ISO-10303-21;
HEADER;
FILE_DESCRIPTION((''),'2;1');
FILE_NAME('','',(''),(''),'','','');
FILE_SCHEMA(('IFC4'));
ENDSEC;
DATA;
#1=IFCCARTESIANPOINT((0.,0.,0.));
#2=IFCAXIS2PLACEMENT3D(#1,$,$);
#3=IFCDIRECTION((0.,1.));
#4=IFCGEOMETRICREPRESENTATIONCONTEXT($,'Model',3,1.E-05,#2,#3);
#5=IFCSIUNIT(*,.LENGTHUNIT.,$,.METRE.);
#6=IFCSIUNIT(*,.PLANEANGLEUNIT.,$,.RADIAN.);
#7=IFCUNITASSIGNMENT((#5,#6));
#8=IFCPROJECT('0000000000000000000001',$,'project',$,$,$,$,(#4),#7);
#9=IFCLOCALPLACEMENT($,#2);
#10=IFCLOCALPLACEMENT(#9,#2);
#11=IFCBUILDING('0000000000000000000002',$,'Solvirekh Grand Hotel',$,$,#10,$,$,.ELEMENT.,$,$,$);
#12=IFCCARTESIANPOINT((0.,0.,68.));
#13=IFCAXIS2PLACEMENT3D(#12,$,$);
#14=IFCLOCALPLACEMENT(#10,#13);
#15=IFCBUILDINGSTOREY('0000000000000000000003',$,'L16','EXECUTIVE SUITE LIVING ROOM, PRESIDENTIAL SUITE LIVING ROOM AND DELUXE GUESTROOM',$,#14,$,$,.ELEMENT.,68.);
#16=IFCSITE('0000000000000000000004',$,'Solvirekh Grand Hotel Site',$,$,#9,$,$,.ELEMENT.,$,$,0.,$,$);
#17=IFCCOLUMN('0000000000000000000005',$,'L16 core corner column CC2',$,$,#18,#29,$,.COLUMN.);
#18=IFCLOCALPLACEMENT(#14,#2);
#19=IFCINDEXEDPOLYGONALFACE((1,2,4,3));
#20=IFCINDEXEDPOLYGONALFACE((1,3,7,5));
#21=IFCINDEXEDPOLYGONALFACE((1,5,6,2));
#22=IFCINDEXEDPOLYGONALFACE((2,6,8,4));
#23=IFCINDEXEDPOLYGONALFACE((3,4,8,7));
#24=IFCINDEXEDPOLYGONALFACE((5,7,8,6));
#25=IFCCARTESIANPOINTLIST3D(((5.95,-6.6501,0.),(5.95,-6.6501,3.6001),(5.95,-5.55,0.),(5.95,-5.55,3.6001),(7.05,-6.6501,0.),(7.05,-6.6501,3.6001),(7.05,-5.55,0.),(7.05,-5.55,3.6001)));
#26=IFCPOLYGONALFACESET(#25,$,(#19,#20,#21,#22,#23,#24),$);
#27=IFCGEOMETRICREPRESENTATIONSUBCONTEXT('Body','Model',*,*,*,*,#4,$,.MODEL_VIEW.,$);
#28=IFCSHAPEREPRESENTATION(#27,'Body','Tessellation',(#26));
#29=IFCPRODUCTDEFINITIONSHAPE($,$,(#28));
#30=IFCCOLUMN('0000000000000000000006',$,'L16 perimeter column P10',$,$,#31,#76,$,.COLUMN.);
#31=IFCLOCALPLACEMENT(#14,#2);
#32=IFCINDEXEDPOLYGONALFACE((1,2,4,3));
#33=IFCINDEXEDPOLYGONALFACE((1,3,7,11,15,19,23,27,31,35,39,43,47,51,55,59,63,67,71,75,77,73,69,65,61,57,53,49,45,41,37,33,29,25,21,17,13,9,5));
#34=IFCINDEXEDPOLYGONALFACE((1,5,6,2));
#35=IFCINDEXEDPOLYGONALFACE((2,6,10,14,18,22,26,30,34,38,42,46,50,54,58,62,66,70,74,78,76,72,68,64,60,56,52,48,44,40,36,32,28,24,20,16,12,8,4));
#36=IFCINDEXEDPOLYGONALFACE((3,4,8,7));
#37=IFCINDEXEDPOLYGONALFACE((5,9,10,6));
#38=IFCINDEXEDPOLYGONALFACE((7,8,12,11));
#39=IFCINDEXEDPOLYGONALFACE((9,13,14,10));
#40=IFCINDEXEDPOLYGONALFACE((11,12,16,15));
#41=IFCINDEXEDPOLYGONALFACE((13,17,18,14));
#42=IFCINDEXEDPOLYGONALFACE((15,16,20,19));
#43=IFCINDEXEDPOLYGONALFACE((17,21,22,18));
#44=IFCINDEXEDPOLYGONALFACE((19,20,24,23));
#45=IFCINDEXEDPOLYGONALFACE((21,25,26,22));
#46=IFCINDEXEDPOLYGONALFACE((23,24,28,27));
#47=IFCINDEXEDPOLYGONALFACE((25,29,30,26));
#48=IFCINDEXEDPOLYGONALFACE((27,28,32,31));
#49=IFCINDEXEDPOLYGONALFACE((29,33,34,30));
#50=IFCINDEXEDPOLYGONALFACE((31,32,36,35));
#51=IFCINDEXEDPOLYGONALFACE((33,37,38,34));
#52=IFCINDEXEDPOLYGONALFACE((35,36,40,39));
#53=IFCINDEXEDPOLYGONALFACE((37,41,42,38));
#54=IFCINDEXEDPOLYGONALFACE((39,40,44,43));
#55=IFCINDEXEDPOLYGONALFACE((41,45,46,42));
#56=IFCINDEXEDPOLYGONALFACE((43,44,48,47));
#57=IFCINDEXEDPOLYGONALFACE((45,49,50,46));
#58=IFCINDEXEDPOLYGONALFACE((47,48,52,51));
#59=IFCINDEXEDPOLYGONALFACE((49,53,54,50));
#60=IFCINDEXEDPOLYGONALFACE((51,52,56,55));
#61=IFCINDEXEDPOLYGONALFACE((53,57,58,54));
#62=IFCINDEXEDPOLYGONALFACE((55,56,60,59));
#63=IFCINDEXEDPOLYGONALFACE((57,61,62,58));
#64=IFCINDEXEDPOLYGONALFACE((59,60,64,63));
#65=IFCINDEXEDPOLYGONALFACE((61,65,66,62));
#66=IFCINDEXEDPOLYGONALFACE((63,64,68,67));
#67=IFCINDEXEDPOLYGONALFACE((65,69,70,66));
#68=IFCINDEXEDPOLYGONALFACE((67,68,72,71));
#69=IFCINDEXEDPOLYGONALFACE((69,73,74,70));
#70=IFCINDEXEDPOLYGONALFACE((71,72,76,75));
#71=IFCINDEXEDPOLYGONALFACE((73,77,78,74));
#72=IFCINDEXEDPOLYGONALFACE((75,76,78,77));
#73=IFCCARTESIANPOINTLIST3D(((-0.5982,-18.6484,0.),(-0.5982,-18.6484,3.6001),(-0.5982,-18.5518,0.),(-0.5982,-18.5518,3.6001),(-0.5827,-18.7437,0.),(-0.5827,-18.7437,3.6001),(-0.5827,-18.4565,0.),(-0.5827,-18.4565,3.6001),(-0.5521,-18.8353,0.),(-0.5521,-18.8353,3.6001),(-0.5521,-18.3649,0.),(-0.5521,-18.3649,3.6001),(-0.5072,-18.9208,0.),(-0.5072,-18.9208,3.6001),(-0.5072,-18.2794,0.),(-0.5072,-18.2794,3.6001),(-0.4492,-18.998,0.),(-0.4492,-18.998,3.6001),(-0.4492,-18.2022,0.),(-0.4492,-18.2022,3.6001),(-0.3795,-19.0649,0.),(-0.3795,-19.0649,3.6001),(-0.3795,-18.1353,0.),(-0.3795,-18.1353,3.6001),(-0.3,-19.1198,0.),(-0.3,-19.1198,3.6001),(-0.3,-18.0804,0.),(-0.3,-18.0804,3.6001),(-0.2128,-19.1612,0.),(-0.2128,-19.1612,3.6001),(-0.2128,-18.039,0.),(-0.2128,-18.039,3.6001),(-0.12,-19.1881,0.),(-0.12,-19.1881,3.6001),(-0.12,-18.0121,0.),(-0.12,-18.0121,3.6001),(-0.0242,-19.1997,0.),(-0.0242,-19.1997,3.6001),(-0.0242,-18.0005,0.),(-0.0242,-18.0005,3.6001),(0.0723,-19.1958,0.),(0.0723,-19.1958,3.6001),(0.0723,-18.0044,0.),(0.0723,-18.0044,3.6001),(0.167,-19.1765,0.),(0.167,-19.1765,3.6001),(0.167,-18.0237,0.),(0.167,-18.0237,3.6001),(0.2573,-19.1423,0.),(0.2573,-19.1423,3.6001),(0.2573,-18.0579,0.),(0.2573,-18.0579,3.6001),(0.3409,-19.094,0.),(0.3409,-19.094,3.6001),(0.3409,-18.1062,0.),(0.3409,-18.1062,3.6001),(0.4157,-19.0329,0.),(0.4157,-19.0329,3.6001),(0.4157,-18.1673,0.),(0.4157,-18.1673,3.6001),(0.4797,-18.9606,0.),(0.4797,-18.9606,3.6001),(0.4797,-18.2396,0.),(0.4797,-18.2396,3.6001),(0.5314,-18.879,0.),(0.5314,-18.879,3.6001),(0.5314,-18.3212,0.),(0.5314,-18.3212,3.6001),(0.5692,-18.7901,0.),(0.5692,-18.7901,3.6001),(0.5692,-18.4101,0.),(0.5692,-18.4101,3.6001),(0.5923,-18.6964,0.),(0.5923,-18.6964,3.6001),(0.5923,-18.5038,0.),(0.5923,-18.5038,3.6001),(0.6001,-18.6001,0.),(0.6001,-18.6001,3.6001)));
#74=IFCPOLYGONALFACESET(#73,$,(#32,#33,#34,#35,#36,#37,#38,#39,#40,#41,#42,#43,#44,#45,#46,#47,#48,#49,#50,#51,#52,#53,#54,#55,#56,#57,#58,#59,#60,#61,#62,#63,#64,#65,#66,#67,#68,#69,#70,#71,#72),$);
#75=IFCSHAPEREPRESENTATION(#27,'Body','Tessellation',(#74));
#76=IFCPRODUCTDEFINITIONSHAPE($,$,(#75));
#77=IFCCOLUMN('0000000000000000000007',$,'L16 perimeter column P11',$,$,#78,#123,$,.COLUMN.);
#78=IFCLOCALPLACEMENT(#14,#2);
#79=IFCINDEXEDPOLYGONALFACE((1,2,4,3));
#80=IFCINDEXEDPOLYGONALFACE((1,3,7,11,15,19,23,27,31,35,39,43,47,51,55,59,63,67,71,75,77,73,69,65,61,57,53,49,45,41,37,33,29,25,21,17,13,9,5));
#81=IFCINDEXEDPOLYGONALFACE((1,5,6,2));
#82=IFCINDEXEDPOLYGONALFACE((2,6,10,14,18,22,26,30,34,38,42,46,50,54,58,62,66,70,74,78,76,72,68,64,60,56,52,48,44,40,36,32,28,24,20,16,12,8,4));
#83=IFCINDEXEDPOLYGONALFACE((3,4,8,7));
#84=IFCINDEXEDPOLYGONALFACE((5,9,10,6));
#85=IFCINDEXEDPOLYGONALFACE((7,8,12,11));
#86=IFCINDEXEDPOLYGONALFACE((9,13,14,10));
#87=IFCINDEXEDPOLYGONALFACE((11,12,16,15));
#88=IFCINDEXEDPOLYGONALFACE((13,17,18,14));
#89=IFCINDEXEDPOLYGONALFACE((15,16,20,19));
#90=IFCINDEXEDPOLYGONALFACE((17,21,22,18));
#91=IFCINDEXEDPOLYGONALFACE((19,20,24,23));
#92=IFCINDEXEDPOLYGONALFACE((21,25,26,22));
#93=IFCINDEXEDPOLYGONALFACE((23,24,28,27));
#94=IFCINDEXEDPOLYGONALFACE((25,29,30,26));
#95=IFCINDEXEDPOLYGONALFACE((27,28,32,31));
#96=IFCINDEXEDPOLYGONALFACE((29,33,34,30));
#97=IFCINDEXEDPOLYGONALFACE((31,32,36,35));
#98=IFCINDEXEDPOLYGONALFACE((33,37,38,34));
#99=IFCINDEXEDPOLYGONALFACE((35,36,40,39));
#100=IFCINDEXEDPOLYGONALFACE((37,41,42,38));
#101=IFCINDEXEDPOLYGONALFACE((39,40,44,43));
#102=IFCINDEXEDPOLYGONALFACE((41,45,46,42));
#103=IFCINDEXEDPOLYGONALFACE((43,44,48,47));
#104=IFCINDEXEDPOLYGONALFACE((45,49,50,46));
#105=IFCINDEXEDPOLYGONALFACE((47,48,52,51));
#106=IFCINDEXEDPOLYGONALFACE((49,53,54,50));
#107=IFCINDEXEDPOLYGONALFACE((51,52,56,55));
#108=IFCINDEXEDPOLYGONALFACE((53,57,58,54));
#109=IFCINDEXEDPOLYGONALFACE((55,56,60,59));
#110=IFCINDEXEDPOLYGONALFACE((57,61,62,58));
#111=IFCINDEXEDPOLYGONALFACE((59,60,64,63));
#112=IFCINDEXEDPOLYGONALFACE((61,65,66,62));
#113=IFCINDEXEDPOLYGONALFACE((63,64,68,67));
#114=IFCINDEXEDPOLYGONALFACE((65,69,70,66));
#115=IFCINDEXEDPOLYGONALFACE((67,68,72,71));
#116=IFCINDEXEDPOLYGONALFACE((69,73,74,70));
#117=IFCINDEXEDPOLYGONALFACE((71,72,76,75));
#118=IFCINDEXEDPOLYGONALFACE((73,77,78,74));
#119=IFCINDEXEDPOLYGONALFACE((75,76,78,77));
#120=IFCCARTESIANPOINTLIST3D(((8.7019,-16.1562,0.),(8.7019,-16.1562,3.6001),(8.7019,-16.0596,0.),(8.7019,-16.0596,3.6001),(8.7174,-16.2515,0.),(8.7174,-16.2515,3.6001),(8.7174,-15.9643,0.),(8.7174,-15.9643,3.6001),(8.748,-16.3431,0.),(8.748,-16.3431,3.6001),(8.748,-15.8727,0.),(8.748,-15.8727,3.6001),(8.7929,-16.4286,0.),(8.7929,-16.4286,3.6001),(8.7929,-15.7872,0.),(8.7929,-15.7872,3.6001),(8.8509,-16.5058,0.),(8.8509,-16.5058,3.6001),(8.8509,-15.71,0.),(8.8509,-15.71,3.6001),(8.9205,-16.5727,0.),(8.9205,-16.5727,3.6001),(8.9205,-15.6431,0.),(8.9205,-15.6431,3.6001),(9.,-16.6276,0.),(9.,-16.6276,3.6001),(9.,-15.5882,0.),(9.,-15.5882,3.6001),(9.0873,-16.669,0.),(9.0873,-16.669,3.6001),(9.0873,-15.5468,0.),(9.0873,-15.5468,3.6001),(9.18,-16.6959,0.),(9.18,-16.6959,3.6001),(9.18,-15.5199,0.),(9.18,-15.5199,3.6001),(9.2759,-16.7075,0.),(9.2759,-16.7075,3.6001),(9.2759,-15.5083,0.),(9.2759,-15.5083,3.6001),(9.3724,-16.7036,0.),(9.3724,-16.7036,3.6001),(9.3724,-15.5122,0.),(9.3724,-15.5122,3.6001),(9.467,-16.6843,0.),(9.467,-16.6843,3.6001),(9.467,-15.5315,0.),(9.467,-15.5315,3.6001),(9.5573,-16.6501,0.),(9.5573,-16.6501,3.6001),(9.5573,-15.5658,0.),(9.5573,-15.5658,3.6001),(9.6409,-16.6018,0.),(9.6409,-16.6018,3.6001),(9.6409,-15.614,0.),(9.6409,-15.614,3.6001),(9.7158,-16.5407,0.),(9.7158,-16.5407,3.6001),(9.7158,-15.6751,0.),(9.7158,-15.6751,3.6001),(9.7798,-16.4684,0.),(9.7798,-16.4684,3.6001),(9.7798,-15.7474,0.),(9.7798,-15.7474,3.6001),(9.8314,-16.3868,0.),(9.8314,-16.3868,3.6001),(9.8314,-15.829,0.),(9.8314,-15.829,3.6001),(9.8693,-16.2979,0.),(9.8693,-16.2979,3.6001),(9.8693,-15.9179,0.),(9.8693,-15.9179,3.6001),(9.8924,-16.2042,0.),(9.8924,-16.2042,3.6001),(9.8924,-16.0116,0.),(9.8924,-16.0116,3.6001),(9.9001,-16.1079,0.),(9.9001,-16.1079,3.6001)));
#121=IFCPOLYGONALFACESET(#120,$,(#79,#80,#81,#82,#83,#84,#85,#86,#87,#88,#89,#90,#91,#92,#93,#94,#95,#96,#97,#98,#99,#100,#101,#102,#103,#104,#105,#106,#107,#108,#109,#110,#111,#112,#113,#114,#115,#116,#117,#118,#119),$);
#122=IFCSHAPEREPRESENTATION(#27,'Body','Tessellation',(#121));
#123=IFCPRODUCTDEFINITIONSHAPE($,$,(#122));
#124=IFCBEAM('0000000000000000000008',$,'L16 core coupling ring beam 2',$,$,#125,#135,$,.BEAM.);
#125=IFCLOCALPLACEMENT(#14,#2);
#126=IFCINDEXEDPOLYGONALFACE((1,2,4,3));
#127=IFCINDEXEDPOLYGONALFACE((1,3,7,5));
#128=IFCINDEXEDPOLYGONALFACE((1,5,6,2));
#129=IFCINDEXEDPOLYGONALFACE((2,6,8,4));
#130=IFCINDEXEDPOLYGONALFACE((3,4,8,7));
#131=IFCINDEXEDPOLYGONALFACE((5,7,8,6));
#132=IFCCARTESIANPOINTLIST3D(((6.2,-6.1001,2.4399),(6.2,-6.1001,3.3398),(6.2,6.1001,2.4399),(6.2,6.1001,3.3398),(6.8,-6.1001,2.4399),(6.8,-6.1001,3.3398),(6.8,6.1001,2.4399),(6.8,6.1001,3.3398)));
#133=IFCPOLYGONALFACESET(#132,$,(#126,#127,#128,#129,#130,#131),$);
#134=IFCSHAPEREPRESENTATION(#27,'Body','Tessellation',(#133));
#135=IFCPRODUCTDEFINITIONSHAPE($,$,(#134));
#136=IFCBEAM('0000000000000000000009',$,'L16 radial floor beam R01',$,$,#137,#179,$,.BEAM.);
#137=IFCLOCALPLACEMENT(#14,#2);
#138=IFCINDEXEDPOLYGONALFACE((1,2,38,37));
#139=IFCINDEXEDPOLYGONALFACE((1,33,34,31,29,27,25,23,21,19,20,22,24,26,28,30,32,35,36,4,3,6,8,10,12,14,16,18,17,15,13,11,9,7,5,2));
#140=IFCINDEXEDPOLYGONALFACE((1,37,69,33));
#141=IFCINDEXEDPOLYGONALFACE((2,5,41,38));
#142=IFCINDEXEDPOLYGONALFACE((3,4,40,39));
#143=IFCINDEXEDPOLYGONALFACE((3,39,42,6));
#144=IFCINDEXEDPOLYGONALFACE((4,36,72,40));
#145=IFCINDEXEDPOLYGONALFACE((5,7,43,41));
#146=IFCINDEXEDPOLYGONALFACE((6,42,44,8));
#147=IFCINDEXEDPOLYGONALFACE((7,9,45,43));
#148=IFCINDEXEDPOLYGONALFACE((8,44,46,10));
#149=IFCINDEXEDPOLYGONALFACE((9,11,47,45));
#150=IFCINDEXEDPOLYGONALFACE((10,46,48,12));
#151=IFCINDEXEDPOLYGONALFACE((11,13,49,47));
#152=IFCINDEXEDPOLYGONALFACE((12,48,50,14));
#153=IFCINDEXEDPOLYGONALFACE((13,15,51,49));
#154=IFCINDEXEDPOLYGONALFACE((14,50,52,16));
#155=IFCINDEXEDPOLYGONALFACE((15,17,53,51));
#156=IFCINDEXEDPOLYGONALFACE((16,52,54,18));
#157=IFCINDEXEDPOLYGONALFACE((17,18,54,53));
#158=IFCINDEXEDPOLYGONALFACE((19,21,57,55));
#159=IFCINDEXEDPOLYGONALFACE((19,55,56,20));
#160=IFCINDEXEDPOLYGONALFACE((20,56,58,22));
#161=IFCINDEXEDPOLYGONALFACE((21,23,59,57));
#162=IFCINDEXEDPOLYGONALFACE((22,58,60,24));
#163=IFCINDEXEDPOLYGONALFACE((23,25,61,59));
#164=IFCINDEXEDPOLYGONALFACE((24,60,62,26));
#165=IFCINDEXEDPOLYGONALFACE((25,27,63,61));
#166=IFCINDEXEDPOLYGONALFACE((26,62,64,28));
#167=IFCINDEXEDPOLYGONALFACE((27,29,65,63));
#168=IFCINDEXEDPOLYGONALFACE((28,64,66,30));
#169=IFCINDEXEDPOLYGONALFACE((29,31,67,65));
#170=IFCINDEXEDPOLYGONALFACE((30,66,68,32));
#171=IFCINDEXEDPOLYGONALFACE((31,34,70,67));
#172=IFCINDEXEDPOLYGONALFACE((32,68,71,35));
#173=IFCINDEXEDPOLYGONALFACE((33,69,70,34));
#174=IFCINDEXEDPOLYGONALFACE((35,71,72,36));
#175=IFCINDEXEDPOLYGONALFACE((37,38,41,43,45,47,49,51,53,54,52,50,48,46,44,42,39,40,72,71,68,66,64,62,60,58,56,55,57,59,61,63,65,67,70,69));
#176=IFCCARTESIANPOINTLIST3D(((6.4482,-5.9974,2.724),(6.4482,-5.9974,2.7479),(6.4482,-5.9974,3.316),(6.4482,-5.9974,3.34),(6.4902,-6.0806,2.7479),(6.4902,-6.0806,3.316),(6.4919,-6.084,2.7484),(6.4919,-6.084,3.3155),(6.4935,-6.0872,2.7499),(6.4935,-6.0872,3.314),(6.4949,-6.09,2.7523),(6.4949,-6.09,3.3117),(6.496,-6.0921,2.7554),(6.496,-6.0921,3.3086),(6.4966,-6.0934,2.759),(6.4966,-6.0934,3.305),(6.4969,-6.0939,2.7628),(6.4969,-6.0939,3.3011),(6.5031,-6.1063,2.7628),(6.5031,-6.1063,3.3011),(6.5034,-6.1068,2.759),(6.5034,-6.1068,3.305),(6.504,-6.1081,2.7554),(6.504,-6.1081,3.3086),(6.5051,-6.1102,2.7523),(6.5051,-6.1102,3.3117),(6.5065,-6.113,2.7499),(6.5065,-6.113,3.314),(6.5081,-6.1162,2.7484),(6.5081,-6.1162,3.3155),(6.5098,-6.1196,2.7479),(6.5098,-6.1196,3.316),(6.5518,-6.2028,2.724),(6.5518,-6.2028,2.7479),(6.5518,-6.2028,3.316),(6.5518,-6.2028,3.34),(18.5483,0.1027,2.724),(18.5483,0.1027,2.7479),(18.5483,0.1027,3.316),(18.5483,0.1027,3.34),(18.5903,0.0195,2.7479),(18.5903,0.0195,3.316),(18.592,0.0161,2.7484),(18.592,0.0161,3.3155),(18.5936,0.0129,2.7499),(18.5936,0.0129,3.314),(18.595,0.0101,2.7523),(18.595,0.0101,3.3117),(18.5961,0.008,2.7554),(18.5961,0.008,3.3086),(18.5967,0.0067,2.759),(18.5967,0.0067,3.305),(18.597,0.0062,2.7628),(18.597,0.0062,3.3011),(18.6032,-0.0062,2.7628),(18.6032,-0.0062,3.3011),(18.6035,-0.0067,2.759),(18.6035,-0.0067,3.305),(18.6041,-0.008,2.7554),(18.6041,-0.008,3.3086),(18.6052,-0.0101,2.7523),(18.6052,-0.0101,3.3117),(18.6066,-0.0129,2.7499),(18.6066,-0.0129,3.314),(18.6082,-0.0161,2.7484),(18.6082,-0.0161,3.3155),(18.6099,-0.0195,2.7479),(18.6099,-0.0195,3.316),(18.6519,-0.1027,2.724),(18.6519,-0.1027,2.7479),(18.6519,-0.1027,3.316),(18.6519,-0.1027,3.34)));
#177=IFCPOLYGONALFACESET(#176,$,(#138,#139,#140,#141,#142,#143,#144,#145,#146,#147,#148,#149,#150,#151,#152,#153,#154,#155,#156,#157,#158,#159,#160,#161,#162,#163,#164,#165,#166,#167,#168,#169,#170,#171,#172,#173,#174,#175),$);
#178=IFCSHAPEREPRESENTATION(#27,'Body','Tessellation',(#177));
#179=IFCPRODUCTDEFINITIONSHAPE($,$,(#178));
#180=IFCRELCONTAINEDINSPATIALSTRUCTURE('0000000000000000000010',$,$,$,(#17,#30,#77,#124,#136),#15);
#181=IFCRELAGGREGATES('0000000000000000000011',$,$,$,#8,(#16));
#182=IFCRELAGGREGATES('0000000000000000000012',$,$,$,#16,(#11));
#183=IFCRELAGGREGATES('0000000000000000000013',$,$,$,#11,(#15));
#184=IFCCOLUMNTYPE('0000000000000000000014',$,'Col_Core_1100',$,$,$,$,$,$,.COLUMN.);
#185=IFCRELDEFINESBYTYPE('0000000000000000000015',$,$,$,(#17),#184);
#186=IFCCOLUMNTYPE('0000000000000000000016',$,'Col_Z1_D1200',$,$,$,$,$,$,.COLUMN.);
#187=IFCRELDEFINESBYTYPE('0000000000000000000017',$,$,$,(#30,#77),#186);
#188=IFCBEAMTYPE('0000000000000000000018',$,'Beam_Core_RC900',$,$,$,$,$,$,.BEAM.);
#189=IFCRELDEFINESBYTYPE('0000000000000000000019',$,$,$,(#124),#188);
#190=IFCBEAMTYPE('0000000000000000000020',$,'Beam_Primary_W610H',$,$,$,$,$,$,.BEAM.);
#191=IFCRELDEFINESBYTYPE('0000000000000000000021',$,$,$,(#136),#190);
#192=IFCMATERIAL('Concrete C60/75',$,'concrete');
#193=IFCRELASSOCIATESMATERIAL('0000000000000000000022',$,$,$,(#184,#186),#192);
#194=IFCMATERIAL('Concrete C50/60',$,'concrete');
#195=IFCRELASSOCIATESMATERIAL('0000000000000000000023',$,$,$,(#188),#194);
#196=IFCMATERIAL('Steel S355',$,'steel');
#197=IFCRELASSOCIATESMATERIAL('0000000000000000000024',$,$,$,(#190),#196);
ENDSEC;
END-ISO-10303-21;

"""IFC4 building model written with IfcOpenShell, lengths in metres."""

from ifc_helpers import new_model, si_unit, direction, frame, origin, origin_2d, place, context, subcontext, project, spatial, rectangle, circle, i_section, extrude, material, material_profile, profile_set, type_object, element, save


model = new_model("IFC4")

# Units and contexts
model_context = context("Model", 3, precision=1e-05, world=origin(), true_north=direction((0.0, 1.0)))
body_context = subcontext(model_context, "Body", "Model", "MODEL_VIEW")
ifc_project = project(units=[si_unit("LENGTHUNIT", "METRE"), si_unit("PLANEANGLEUNIT", "RADIAN")], contexts=[model_context])

# Site, building, storey
site_placement = place(None, origin())
site = spatial("IfcSite", under=ifc_project, at=site_placement, Name="Solvirekh Grand Hotel Site", CompositionType="ELEMENT", RefElevation=0.0)
building_placement = place(site_placement, origin())
building = spatial("IfcBuilding", under=site, at=building_placement, Name="Solvirekh Grand Hotel", CompositionType="ELEMENT")
storey_placement = place(building_placement, frame((0.0, 0.0, 68.0)))
storey = spatial("IfcBuildingStorey", under=building, at=storey_placement, Name="L16", Description="EXECUTIVE SUITE LIVING ROOM, PRESIDENTIAL SUITE LIVING ROOM AND DELUXE GUESTROOM", CompositionType="ELEMENT", Elevation=68.0)

# Columns
ifc_material_1 = material(Name="Concrete C60/75", Category="concrete")
ifc_material_profile_1 = material_profile(ifc_material_1, rectangle(XDim=1.1001, YDim=1.1001, at=origin_2d()), Name="RC 1100X1100")
ifc_profile_set_1 = profile_set([ifc_material_profile_1], Name="Concrete C60/75")
column_type_1 = type_object("IfcColumnType", Name="Col_Core_1100", PredefinedType="COLUMN", material=ifc_profile_set_1)
column_placement = place(storey_placement, frame((6.5, -6.1001, 0.0), z_axis=(0.0, 0.0, 1.0), x_axis=(1.0, 0.0, 0.0)))
element("IfcColumn", 1, at=column_placement, inside=storey, type_object=column_type_1, Name="L16 core corner column CC2", PredefinedType="COLUMN", context=body_context, shape_type="SweptSolid", body=[
    extrude(rectangle(XDim=1.1001, YDim=1.1001, at=origin_2d()), origin(), (0.0, 0.0, 1.0), 3.6001),
])
ifc_material_profile_2 = material_profile(ifc_material_1, circle(Radius=0.6001, at=origin_2d()), Name="RC CIRC D1200")
ifc_profile_set_2 = profile_set([ifc_material_profile_2], Name="Concrete C60/75")
column_type_2 = type_object("IfcColumnType", Name="Col_Z1_D1200", PredefinedType="COLUMN", material=ifc_profile_set_2)
for number, where, z_axis, x_axis, name in (
    (2, (0.0, -18.6001, 0.0), (0.0, 0.0, 1.0), (1.0, 0.0, 0.0), "L16 perimeter column P10"),
    (3, (9.3, -16.1079, 0.0), (0.0, 0.0, 1.0), (1.0, 0.0, 0.0), "L16 perimeter column P11"),
):
    element("IfcColumn", number, at=place(storey_placement, frame(where, z_axis=z_axis, x_axis=x_axis)), inside=storey, type_object=column_type_2, Name=name, PredefinedType="COLUMN", context=body_context, shape_type="SweptSolid", body=[
        extrude(circle(Radius=0.6001, at=origin_2d()), origin(), (0.0, 0.0, 1.0), 3.6001),
    ])

# Beams
ifc_material_2 = material(Name="Concrete C50/60", Category="concrete")
ifc_material_profile_3 = material_profile(ifc_material_2, rectangle(XDim=0.6001, YDim=0.8999, at=origin_2d()), Name="RC BEAM 600X900")
ifc_profile_set_3 = profile_set([ifc_material_profile_3], Name="Concrete C50/60")
beam_type_1 = type_object("IfcBeamType", Name="Beam_Core_RC900", PredefinedType="BEAM", material=ifc_profile_set_3)
beam_1_placement = place(storey_placement, frame((6.5, -6.1001, 2.8899), z_axis=(0.0, 1.0, 0.0), x_axis=(-1.0, 0.0, 0.0)))
element("IfcBeam", 4, at=beam_1_placement, inside=storey, type_object=beam_type_1, Name="L16 core coupling ring beam 2", PredefinedType="BEAM", context=body_context, shape_type="SweptSolid", body=[
    extrude(rectangle(XDim=0.6001, YDim=0.8999, at=origin_2d()), origin(), (0.0, 0.0, 1.0), 12.2002),
])
ifc_material_3 = material(Name="Steel S355", Category="steel")
ifc_material_profile_4 = material_profile(ifc_material_3, i_section(OverallWidth=0.23, OverallDepth=0.616, WebThickness=0.0139, FlangeThickness=0.0239, FilletRadius=0.0149, at=origin_2d()), Name="W610X174")
ifc_profile_set_4 = profile_set([ifc_material_profile_4], Name="Steel S355")
beam_type_2 = type_object("IfcBeamType", Name="Beam_Primary_W610H", PredefinedType="BEAM", material=ifc_profile_set_4)
beam_2_placement = place(storey_placement, frame((6.5, -6.1001, 3.032), z_axis=(0.892945, 0.450166, 0.0), x_axis=(-0.450166, 0.892945, 0.0)))
element("IfcBeam", 5, at=beam_2_placement, inside=storey, type_object=beam_type_2, Name="L16 radial floor beam R01", PredefinedType="BEAM", context=body_context, shape_type="SweptSolid", body=[
    extrude(i_section(OverallWidth=0.23, OverallDepth=0.616, WebThickness=0.0139, FlangeThickness=0.0239, FilletRadius=0.0149, at=origin_2d()), origin(), (0.0, 0.0, 1.0), 13.5508),
])

save(model, "model.ifc")
